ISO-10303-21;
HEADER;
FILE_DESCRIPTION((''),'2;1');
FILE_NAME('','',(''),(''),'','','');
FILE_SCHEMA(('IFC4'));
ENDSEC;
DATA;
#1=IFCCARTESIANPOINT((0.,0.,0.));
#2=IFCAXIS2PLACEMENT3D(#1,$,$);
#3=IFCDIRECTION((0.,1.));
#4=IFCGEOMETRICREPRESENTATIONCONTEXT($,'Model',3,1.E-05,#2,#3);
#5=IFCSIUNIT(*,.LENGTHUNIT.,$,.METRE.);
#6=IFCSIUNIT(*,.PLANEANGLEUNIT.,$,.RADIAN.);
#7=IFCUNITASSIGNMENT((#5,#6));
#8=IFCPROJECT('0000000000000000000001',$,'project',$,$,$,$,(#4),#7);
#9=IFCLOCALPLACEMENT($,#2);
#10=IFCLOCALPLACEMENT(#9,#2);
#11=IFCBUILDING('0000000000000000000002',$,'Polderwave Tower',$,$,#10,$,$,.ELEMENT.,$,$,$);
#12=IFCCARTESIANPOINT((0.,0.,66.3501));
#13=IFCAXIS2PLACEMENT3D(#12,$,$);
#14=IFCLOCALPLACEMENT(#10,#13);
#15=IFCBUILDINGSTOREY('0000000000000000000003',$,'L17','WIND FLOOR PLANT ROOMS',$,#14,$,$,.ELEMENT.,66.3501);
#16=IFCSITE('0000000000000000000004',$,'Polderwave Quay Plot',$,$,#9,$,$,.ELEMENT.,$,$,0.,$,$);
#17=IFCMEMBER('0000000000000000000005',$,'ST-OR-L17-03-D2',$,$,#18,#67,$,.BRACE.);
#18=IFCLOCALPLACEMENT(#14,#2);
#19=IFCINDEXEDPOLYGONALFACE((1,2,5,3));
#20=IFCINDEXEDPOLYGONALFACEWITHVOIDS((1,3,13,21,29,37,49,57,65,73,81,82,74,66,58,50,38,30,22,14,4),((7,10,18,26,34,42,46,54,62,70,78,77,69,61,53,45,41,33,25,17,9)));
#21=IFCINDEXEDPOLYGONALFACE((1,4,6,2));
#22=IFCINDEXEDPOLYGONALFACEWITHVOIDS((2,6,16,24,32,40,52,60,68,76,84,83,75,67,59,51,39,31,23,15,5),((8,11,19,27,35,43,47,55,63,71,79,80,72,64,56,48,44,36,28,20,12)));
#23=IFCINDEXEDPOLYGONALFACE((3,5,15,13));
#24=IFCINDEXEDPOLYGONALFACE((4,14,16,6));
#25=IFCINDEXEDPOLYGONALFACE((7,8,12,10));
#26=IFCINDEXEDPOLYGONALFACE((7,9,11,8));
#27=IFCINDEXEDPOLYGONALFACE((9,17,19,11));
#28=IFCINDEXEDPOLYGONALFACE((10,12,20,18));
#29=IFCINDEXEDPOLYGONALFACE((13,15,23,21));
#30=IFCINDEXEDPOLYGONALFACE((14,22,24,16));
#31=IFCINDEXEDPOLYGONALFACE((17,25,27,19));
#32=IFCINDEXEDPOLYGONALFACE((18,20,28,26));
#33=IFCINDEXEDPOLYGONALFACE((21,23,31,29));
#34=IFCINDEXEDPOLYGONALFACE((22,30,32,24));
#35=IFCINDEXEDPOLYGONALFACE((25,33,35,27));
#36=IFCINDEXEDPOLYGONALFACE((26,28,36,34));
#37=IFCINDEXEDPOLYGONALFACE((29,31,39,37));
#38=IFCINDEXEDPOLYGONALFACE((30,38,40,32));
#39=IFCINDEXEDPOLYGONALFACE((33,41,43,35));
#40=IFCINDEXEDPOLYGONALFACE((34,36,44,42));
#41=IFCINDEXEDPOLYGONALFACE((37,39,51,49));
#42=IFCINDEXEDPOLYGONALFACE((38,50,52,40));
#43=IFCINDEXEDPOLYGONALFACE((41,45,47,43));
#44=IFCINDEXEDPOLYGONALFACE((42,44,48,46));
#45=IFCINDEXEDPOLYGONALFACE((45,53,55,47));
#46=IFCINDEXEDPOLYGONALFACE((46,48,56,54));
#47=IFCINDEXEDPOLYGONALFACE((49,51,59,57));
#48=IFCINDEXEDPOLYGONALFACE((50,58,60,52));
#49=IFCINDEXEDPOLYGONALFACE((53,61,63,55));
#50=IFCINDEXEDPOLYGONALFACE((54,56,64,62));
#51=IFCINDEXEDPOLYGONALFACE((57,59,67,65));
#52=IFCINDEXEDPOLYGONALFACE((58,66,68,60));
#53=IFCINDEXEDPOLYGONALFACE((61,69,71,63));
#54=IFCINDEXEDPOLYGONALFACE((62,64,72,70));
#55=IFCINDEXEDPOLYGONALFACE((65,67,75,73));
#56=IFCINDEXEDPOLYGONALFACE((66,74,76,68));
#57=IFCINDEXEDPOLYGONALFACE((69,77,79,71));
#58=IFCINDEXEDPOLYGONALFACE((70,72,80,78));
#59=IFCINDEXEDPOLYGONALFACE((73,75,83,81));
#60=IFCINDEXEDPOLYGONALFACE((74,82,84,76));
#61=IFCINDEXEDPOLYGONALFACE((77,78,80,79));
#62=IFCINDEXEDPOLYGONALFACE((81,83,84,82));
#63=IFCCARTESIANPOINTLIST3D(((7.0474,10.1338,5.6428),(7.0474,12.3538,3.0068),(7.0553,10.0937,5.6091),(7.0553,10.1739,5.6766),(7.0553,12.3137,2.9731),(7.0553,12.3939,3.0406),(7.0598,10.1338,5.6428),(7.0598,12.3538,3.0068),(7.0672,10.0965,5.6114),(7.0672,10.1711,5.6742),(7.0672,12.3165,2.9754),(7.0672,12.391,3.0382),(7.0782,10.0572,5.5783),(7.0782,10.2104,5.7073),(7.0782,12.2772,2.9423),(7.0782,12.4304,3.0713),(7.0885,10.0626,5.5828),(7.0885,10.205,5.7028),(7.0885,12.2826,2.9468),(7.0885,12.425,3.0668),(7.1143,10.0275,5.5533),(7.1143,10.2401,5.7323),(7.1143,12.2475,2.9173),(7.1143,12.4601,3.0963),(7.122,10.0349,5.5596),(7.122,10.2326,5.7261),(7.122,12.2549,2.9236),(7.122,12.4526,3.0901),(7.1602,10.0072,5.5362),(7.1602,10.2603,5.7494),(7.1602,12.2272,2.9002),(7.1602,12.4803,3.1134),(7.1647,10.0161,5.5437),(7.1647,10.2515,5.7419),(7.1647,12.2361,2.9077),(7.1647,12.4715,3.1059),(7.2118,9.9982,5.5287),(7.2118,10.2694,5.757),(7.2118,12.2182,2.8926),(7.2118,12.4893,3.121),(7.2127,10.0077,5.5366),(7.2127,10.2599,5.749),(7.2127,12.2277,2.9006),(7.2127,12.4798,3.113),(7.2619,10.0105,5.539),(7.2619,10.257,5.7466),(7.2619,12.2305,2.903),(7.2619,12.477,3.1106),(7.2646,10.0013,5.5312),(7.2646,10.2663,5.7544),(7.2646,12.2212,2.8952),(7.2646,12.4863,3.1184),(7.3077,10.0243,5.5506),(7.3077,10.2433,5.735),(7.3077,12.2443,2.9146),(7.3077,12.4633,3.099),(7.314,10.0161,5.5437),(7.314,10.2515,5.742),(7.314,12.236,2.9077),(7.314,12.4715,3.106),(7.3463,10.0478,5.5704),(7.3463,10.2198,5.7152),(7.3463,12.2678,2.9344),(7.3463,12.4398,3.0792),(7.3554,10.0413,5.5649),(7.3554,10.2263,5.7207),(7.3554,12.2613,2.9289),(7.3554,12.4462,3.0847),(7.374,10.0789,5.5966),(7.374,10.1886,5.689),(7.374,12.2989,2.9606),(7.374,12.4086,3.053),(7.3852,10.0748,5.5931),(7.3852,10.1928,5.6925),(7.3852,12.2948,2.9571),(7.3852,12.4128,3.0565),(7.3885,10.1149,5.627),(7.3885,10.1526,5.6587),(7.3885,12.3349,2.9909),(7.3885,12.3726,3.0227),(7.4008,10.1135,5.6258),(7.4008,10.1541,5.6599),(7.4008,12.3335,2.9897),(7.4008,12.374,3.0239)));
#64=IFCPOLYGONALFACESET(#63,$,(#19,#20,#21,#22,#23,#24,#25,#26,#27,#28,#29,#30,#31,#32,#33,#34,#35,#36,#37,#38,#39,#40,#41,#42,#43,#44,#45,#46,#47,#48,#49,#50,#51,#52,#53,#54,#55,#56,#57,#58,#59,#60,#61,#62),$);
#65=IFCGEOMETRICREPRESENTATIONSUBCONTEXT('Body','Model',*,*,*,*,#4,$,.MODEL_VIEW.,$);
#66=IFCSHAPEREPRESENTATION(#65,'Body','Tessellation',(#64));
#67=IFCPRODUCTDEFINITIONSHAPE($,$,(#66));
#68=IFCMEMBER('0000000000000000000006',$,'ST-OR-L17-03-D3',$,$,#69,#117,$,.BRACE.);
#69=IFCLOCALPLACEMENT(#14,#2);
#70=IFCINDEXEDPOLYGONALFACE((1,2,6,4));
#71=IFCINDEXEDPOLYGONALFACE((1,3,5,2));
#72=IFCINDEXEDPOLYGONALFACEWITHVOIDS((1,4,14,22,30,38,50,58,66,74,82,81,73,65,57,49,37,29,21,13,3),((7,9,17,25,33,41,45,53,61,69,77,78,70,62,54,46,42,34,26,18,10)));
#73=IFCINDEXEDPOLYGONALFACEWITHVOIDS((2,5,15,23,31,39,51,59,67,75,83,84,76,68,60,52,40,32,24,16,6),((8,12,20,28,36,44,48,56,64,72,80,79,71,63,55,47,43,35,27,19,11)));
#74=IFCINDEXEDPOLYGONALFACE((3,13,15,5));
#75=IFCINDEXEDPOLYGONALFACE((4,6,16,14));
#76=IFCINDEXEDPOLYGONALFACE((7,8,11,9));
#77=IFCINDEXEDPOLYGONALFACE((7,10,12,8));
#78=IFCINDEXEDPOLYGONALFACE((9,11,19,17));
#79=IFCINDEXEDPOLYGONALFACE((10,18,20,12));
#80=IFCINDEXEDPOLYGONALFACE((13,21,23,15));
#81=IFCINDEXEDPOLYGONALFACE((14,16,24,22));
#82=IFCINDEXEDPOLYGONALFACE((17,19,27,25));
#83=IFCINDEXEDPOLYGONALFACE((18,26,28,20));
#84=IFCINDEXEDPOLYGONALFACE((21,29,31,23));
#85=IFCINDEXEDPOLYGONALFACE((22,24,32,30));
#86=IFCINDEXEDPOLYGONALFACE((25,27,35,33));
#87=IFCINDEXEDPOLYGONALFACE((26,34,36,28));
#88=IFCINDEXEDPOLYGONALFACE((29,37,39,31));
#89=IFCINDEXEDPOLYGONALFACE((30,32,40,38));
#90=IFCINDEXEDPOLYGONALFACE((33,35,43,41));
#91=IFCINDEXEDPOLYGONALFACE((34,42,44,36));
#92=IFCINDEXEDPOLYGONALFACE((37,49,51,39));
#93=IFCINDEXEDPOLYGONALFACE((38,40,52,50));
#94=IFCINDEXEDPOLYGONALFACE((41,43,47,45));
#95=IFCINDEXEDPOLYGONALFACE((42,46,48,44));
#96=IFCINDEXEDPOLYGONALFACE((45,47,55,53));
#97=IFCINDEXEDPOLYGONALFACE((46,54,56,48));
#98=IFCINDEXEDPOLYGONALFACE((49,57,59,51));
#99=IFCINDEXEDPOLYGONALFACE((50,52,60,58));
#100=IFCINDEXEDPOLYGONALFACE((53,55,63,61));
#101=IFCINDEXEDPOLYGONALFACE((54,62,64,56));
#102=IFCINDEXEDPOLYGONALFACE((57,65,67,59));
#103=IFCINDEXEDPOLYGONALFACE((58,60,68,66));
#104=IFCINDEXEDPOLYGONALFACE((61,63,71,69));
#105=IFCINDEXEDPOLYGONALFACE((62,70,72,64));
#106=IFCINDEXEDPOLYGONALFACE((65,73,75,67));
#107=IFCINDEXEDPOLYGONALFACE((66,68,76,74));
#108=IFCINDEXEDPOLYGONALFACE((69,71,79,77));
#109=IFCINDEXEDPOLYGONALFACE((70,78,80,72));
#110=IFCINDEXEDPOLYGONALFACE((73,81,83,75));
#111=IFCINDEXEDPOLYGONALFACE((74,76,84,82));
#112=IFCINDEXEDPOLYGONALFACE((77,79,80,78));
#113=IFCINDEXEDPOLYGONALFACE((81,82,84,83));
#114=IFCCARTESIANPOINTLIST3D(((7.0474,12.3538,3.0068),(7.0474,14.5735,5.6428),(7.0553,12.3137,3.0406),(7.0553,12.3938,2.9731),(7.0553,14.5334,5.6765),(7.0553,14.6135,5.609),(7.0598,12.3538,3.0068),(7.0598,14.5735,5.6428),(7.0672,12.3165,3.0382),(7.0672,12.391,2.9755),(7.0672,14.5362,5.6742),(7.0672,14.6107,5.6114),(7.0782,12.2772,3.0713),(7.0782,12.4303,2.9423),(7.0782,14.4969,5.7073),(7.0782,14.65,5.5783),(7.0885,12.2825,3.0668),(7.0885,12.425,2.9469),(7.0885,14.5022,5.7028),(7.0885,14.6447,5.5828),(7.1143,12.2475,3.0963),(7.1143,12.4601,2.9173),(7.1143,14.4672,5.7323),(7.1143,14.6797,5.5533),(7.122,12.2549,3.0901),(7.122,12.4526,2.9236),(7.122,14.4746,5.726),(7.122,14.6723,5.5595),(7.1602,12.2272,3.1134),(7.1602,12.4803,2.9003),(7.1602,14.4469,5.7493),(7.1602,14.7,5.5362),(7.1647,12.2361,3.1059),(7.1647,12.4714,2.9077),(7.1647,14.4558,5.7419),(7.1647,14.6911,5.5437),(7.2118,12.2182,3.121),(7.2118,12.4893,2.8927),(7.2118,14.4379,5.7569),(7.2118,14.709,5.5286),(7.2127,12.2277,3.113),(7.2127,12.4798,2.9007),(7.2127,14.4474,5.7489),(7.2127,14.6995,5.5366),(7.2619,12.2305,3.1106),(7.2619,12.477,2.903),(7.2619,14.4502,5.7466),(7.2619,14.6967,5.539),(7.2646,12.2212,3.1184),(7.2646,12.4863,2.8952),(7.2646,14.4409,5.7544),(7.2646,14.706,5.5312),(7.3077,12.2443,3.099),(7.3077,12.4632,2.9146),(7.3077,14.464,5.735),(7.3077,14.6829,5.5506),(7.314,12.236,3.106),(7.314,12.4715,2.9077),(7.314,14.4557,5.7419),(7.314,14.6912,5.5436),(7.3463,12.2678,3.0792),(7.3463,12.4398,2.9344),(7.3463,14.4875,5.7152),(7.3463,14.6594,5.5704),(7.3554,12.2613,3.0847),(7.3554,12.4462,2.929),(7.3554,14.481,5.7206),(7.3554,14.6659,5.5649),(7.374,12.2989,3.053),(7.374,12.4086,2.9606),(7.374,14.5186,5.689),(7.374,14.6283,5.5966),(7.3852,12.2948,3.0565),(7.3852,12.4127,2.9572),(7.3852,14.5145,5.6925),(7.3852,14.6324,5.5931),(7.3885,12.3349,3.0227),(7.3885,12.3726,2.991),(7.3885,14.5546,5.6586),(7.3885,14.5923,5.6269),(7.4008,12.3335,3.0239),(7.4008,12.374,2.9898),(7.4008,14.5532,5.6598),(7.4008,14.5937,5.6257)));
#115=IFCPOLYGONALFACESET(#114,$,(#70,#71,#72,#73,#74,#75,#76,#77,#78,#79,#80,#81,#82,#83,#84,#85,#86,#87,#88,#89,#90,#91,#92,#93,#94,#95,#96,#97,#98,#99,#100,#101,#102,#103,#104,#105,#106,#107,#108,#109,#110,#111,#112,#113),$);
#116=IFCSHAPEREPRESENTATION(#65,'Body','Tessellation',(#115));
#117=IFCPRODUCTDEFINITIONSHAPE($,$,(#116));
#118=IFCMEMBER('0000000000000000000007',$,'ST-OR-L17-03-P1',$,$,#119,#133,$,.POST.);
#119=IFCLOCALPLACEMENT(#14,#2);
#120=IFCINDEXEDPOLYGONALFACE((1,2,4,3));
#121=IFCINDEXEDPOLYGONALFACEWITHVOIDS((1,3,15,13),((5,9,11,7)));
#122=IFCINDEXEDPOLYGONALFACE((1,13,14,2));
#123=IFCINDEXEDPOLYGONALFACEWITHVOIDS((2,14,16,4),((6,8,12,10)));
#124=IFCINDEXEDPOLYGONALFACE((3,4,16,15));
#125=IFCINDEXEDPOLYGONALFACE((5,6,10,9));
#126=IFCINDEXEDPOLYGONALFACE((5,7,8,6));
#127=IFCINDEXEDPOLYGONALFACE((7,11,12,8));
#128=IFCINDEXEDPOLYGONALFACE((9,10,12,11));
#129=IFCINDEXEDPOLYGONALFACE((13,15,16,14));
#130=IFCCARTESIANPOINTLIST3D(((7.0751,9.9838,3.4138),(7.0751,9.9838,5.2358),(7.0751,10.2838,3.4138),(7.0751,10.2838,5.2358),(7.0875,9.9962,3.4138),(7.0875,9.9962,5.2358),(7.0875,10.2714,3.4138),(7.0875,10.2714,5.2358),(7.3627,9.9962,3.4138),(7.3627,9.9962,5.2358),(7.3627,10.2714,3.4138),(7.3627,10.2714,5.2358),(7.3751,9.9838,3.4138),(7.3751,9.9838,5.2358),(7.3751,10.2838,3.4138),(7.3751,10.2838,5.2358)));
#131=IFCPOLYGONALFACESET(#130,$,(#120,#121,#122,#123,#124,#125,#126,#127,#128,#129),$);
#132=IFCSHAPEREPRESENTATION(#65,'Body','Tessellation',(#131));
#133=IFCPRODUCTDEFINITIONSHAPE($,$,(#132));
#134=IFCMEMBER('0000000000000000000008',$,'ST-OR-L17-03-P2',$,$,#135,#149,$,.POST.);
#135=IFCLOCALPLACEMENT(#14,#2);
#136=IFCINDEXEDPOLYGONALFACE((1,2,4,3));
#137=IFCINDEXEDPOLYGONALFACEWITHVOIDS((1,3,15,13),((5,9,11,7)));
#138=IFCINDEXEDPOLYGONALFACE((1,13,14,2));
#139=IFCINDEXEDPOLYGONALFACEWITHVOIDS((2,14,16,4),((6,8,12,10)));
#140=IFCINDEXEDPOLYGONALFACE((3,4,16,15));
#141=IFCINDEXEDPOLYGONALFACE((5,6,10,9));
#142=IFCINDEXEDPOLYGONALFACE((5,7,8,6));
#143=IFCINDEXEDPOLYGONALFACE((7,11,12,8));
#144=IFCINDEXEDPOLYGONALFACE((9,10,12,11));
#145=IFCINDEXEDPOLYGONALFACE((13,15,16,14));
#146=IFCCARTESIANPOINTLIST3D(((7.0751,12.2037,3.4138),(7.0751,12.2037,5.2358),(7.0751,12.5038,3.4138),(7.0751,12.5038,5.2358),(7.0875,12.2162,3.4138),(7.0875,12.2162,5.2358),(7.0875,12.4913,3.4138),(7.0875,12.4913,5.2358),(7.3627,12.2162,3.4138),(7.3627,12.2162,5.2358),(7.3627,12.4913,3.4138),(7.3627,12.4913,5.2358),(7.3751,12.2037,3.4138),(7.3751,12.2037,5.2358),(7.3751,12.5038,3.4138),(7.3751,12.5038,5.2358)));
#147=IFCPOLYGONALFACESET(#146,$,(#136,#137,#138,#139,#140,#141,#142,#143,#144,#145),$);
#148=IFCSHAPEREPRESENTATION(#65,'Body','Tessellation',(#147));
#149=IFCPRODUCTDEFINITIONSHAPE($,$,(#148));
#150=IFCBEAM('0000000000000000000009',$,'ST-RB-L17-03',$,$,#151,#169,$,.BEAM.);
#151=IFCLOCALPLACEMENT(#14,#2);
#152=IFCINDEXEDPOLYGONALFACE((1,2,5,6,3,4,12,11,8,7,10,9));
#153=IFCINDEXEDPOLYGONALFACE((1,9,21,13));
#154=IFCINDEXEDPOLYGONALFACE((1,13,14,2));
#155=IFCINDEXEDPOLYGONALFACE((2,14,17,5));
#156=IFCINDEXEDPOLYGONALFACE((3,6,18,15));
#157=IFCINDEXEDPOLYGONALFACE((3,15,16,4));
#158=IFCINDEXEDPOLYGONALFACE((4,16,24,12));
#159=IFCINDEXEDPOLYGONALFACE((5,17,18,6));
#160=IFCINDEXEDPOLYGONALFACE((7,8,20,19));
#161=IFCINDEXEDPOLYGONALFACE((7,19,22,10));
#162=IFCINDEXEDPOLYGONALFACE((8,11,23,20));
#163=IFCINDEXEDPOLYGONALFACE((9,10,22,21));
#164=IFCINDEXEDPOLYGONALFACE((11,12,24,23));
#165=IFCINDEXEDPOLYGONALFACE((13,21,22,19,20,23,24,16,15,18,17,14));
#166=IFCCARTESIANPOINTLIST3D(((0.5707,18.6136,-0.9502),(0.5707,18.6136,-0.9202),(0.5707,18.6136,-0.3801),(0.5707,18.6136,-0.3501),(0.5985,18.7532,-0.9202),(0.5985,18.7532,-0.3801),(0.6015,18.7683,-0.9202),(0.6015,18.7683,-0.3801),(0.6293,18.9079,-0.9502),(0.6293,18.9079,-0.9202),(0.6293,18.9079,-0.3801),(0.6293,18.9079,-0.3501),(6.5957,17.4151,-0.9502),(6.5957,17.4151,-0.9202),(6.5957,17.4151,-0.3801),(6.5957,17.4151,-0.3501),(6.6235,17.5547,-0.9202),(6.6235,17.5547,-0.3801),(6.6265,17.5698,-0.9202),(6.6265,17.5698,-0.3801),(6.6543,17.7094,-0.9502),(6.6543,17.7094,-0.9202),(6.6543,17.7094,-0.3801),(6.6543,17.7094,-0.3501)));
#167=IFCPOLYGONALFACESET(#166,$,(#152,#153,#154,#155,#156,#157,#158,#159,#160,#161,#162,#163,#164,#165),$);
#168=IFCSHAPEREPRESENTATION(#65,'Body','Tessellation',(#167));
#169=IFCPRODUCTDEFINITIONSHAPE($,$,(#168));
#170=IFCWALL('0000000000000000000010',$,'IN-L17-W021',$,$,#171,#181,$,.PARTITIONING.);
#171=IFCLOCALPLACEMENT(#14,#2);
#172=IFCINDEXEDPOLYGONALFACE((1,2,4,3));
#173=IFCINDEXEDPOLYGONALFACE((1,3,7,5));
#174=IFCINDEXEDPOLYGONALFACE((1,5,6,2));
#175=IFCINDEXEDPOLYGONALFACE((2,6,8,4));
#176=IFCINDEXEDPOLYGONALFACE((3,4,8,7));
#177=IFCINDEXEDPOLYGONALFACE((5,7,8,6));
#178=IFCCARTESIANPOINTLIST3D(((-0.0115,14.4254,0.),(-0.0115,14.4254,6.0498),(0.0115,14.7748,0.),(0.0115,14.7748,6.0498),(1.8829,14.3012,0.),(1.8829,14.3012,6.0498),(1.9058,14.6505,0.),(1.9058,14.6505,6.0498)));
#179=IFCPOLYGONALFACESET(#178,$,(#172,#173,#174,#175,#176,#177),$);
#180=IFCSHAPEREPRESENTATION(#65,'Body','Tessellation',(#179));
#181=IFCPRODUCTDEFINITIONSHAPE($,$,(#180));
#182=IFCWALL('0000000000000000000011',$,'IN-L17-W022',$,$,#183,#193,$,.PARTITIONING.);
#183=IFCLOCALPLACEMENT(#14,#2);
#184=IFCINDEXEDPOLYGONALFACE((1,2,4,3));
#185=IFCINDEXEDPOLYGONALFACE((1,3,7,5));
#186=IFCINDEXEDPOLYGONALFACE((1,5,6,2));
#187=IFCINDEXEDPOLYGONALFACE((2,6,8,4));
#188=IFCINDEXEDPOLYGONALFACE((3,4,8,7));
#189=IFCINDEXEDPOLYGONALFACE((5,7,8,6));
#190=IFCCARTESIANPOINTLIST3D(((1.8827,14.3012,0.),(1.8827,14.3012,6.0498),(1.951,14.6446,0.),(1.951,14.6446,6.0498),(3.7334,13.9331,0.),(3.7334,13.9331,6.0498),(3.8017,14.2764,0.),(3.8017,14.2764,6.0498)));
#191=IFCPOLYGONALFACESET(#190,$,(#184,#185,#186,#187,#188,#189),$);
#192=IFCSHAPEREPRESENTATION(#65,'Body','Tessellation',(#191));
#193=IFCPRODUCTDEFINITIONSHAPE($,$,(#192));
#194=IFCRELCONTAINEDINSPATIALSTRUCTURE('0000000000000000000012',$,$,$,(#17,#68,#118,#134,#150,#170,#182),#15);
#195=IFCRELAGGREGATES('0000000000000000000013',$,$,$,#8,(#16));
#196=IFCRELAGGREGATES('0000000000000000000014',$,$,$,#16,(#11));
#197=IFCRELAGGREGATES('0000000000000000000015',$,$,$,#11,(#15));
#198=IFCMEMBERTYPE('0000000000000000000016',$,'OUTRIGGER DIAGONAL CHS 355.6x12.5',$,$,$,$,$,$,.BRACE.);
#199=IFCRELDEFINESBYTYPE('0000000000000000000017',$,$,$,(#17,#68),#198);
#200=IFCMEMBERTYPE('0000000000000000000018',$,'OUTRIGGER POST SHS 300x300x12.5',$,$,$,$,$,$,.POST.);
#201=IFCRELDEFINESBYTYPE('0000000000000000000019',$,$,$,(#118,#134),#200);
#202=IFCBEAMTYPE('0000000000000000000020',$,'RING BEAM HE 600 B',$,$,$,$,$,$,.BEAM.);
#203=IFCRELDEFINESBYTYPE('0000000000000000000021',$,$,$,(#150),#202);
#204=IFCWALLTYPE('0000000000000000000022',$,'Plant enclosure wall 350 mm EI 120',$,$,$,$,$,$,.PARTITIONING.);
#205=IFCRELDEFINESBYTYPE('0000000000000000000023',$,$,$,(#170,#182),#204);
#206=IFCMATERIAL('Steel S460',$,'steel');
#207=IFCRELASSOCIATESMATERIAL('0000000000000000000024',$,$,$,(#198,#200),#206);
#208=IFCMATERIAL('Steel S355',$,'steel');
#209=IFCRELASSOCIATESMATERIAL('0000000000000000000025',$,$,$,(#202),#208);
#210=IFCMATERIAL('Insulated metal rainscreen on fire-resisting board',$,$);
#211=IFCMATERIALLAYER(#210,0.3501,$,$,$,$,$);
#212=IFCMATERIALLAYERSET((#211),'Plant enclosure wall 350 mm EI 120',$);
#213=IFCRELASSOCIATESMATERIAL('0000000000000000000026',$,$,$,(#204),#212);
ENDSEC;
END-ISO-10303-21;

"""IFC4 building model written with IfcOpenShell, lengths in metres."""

from ifc_helpers import new_model, si_unit, direction, frame, frame_2d, origin, origin_2d, place, context, subcontext, project, spatial, rectangle, hollow_rectangle, hollow_circle, i_section, extrude, material, layer, layer_set, material_profile, profile_set, type_object, element, save


model = new_model("IFC4")

# Units and contexts
model_context = context("Model", 3, precision=1e-05, world=origin(), true_north=direction((0.0, 1.0)))
body_context = subcontext(model_context, "Body", "Model", "MODEL_VIEW")
ifc_project = project(units=[si_unit("LENGTHUNIT", "METRE"), si_unit("PLANEANGLEUNIT", "RADIAN")], contexts=[model_context])

# Site, building, storey
site_placement = place(None, origin())
site = spatial("IfcSite", under=ifc_project, at=site_placement, Name="Polderwave Quay Plot", CompositionType="ELEMENT", RefElevation=0.0)
building_placement = place(site_placement, origin())
building = spatial("IfcBuilding", under=site, at=building_placement, Name="Polderwave Tower", CompositionType="ELEMENT")
storey_placement = place(building_placement, frame((0.0, 0.0, 66.3501)))
storey = spatial("IfcBuildingStorey", under=building, at=storey_placement, Name="L17", Description="WIND FLOOR PLANT ROOMS", CompositionType="ELEMENT", Elevation=66.3501)

# Members
ifc_material_1 = material(Name="Steel S460", Category="steel")
ifc_material_profile_1 = material_profile(ifc_material_1, hollow_circle(Radius=0.1777, WallThickness=0.0125, at=origin_2d()), Name="CHS 355.6x12.5")
ifc_profile_set_1 = profile_set([ifc_material_profile_1], Name="Steel S460")
member_type_1 = type_object("IfcMemberType", Name="OUTRIGGER DIAGONAL CHS 355.6x12.5", PredefinedType="BRACE", material=ifc_profile_set_1)
member_1_placement = place(storey_placement, frame((7.2251, 10.1338, 5.6428), z_axis=(0.0, 0.644168, -0.764884), x_axis=(-1.0, 0.0, 0.0)))
element("IfcMember", 1, at=member_1_placement, inside=storey, type_object=member_type_1, Name="ST-OR-L17-03-D2", PredefinedType="BRACE", context=body_context, shape_type="SweptSolid", body=[
    extrude(hollow_circle(Radius=0.1777, WallThickness=0.0125, at=origin_2d()), origin(), (0.0, 0.0, 1.0), 3.4463),
])
member_2_placement = place(storey_placement, frame((7.2251, 12.3538, 3.0068), z_axis=(0.0, 0.644127, 0.764919), x_axis=(-1.0, 0.0, 0.0)))
element("IfcMember", 2, at=member_2_placement, inside=storey, type_object=member_type_1, Name="ST-OR-L17-03-D3", PredefinedType="BRACE", context=body_context, shape_type="SweptSolid", body=[
    extrude(hollow_circle(Radius=0.1777, WallThickness=0.0125, at=origin_2d()), origin(), (0.0, 0.0, 1.0), 3.446),
])
ifc_material_profile_2 = material_profile(ifc_material_1, hollow_rectangle(XDim=0.3, YDim=0.3, WallThickness=0.0125, at=origin_2d()), Name="SHS 300x300x12.5")
ifc_profile_set_2 = profile_set([ifc_material_profile_2], Name="Steel S460")
member_type_2 = type_object("IfcMemberType", Name="OUTRIGGER POST SHS 300x300x12.5", PredefinedType="POST", material=ifc_profile_set_2)
for number, where, z_axis, x_axis, name in (
    (3, (7.2251, 10.1338, 3.4138), (0.0, 0.0, 1.0), (1.0, 0.0, 0.0), "ST-OR-L17-03-P1"),
    (4, (7.2251, 12.3538, 3.4138), (0.0, 0.0, 1.0), (1.0, 0.0, 0.0), "ST-OR-L17-03-P2"),
):
    element("IfcMember", number, at=place(storey_placement, frame(where, z_axis=z_axis, x_axis=x_axis)), inside=storey, type_object=member_type_2, Name=name, PredefinedType="POST", context=body_context, shape_type="SweptSolid", body=[
        extrude(hollow_rectangle(XDim=0.3, YDim=0.3, WallThickness=0.0125, at=origin_2d()), origin(), (0.0, 0.0, 1.0), 1.822),
    ])

# Beam
ifc_material_2 = material(Name="Steel S355", Category="steel")
ifc_material_profile_3 = material_profile(ifc_material_2, i_section(OverallWidth=0.3, OverallDepth=0.6001, WebThickness=0.0154, FlangeThickness=0.03, at=origin_2d()), Name="HE 600 B")
ifc_profile_set_3 = profile_set([ifc_material_profile_3], Name="Steel S355")
beam_type = type_object("IfcBeamType", Name="RING BEAM HE 600 B", PredefinedType="BEAM", material=ifc_profile_set_3)
beam_placement = place(storey_placement, frame((6.625, 17.5623, -0.6501), z_axis=(-0.980783, 0.1951, 0.0), x_axis=(-0.1951, -0.980783, 0.0)))
element("IfcBeam", 5, at=beam_placement, inside=storey, type_object=beam_type, Name="ST-RB-L17-03", PredefinedType="BEAM", context=body_context, shape_type="SweptSolid", body=[
    extrude(i_section(OverallWidth=0.3, OverallDepth=0.6001, WebThickness=0.0154, FlangeThickness=0.03, at=origin_2d()), origin(), (0.0, 0.0, 1.0), 6.1431),
])

# Walls
ifc_material_3 = material(Name="Insulated metal rainscreen on fire-resisting board")
ifc_layer_1 = layer(ifc_material_3, 0.3501)
ifc_layer_set_1 = layer_set([ifc_layer_1], Name="Plant enclosure wall 350 mm EI 120")
wall_type_1 = type_object("IfcWallType", Name="Plant enclosure wall 350 mm EI 120", PredefinedType="PARTITIONING", material=ifc_layer_set_1)
wall_1_placement = place(storey_placement, frame((0.0, 14.6001, 0.0), z_axis=(0.0, 0.0, 1.0), x_axis=(0.997855, -0.065461, 0.0)))
element("IfcWall", 6, at=wall_1_placement, inside=storey, type_object=wall_type_1, Name="IN-L17-W021", PredefinedType="PARTITIONING", context=body_context, shape_type="SweptSolid", body=[
    extrude(rectangle(XDim=1.8984, YDim=0.3501, at=frame_2d((0.9492, 0.0))), origin(), (0.0, 0.0, 1.0), 6.0498),
])
wall_2_placement = place(storey_placement, frame((1.917, 14.4729, 0.0), z_axis=(0.0, 0.0, 1.0), x_axis=(0.980779, -0.195121, 0.0)))
element("IfcWall", 7, at=wall_2_placement, inside=storey, type_object=wall_type_1, Name="IN-L17-W022", PredefinedType="PARTITIONING", context=body_context, shape_type="SweptSolid", body=[
    extrude(rectangle(XDim=1.887, YDim=0.3501, at=frame_2d((0.9434, 0.0))), origin(), (0.0, 0.0, 1.0), 6.0498),
])

save(model, "model.ifc")
